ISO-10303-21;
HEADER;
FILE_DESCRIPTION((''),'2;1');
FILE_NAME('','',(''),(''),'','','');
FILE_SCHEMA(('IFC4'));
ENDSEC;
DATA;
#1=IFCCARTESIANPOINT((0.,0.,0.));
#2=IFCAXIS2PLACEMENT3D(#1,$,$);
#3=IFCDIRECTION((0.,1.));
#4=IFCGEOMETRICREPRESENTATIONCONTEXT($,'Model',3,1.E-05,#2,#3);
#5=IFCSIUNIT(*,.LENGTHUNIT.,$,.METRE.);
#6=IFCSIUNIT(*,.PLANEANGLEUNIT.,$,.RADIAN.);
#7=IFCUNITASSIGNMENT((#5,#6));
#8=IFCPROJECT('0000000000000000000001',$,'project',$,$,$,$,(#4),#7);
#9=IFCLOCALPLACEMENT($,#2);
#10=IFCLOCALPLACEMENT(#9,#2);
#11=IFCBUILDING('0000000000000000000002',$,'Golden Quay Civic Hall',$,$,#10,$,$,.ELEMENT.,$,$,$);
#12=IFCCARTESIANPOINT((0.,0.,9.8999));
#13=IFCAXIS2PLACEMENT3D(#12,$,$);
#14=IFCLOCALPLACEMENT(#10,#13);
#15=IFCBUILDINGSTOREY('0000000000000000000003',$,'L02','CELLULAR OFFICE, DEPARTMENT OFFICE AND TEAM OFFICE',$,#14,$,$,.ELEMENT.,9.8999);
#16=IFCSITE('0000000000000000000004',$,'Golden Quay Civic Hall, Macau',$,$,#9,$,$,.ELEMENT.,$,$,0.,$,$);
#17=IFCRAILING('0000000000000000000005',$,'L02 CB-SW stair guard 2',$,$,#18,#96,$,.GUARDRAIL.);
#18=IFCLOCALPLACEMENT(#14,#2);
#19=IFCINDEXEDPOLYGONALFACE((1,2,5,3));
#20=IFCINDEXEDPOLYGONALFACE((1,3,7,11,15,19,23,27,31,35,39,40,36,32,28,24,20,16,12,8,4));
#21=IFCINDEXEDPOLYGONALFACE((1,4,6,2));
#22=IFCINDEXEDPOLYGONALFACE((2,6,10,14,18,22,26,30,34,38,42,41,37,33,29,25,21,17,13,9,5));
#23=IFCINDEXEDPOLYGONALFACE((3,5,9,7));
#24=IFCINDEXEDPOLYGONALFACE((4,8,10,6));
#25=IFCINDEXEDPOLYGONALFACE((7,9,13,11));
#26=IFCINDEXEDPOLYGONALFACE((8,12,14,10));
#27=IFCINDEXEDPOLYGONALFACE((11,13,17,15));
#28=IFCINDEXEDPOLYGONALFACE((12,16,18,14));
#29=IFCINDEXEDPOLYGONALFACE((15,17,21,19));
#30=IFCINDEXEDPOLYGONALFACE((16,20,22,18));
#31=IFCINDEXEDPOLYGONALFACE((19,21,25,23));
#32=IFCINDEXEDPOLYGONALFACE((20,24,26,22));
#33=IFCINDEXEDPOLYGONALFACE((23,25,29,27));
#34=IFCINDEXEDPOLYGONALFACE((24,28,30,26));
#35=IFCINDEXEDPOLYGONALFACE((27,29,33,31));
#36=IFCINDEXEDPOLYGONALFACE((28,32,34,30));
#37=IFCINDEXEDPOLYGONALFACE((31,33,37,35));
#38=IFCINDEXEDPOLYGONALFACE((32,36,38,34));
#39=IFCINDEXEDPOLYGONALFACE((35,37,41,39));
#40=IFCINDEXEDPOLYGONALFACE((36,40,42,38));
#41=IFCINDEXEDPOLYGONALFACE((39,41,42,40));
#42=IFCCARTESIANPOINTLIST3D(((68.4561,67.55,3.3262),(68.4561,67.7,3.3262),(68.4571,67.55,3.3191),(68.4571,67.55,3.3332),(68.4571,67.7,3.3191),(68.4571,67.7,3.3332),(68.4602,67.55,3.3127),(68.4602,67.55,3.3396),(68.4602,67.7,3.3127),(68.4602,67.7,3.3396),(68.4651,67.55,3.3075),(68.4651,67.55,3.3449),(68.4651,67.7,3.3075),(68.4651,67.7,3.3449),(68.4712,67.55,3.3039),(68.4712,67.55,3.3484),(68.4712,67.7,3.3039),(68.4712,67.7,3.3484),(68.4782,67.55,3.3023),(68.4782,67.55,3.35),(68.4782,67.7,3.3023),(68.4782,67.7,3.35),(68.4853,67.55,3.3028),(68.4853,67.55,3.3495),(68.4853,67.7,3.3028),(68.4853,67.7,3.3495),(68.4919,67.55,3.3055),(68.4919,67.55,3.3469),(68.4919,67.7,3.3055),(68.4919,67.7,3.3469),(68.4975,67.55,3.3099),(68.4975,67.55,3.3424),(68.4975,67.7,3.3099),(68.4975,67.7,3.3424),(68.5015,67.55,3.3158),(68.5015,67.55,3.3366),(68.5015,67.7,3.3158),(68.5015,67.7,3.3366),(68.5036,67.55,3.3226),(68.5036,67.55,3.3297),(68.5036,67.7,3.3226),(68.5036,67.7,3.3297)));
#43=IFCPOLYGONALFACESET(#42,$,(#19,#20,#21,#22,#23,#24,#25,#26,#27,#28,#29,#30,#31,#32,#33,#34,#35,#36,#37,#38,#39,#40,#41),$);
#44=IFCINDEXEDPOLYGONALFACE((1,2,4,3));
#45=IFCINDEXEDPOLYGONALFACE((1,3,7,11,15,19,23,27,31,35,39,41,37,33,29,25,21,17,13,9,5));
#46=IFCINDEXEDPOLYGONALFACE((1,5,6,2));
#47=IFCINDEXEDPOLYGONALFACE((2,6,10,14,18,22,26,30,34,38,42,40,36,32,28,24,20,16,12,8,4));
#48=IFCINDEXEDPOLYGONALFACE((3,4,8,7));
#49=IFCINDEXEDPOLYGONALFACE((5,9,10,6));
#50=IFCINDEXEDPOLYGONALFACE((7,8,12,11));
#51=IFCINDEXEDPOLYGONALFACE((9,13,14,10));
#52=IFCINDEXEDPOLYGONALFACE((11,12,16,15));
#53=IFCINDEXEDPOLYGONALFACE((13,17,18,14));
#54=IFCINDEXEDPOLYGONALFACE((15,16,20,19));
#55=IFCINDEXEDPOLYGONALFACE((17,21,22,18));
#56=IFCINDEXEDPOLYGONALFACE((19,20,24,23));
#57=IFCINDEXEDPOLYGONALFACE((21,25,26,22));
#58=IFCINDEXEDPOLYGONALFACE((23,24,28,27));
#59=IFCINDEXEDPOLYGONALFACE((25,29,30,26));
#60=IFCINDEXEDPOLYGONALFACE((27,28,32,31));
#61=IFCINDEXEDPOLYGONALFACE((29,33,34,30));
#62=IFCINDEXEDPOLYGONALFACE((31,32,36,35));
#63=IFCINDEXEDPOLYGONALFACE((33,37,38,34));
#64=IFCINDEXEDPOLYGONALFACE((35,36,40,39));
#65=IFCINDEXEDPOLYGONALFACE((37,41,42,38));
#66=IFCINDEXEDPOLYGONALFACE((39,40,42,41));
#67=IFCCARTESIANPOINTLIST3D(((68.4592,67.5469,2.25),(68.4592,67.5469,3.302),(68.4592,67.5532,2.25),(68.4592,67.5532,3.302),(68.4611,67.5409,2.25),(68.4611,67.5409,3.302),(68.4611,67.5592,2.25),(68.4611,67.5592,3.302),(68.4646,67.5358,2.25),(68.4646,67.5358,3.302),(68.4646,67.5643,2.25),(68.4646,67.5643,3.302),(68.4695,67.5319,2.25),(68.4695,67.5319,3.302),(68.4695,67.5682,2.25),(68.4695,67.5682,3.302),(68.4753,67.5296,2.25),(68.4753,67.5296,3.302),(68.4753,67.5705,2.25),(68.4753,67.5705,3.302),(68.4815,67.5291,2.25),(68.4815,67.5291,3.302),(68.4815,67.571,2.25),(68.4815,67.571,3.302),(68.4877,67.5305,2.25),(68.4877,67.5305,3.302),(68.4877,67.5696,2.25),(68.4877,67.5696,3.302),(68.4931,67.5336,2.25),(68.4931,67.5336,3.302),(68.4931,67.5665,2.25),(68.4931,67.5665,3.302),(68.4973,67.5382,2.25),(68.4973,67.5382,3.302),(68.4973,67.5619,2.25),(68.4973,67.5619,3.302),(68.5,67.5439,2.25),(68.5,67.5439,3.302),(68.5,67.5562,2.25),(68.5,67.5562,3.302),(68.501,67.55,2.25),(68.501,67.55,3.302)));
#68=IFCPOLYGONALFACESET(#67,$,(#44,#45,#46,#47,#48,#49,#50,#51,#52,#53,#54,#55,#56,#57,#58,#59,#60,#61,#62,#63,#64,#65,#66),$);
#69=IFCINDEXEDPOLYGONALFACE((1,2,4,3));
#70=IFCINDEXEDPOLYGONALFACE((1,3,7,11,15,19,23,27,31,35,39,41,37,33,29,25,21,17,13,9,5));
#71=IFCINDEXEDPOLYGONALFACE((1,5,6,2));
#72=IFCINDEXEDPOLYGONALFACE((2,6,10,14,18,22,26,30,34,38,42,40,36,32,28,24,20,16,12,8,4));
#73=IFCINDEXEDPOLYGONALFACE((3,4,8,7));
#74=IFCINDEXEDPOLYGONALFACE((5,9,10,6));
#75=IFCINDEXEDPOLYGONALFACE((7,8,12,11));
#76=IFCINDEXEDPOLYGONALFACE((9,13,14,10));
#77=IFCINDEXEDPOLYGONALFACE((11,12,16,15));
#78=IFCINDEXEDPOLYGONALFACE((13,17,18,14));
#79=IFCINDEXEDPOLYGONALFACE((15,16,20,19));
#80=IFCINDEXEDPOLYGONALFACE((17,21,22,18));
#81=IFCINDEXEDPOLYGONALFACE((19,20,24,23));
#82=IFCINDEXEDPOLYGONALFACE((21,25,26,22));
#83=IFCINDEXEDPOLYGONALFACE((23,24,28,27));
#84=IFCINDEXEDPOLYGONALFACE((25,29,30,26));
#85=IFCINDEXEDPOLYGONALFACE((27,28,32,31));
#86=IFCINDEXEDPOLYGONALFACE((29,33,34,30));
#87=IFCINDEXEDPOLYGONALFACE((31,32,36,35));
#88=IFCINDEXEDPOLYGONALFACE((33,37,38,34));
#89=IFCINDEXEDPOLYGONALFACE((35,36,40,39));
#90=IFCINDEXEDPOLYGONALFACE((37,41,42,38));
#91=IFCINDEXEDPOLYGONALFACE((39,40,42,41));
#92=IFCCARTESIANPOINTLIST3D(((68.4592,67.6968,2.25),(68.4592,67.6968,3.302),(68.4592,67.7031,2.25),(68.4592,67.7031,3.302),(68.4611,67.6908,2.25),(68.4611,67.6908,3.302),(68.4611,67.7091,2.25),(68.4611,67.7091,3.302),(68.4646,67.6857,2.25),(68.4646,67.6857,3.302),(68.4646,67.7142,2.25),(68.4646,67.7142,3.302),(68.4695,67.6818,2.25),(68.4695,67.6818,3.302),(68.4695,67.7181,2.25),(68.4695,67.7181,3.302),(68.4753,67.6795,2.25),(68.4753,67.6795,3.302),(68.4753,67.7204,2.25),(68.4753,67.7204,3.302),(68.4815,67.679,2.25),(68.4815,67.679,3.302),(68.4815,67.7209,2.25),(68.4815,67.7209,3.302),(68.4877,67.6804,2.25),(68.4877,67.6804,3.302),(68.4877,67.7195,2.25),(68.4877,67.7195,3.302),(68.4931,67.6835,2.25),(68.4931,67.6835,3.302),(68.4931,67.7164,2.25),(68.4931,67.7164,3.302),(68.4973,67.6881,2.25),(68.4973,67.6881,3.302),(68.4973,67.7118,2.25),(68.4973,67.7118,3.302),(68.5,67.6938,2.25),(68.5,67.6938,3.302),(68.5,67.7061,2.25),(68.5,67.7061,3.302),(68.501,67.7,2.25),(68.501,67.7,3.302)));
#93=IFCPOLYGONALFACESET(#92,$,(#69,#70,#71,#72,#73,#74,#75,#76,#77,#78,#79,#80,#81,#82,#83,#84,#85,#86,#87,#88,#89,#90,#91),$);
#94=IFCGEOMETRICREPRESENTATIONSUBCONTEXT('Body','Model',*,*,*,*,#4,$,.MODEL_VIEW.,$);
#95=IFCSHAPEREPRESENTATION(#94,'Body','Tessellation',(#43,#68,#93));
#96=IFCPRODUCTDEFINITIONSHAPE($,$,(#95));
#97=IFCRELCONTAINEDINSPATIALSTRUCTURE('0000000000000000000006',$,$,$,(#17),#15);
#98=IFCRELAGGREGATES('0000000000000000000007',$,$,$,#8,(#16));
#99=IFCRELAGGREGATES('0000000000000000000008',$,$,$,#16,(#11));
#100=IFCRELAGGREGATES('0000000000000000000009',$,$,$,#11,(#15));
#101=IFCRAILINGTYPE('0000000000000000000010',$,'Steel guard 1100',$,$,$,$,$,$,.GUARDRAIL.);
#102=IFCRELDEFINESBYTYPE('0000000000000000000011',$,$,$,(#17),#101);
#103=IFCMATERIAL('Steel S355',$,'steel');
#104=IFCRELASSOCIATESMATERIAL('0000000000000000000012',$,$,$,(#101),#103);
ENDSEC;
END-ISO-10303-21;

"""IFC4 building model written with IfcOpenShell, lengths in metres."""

from ifc_helpers import new_model, si_unit, direction, frame, origin, origin_2d, place, context, subcontext, project, spatial, circle, extrude, material, type_object, element, save


model = new_model("IFC4")

# Units and contexts
model_context = context("Model", 3, precision=1e-05, world=origin(), true_north=direction((0.0, 1.0)))
body_context = subcontext(model_context, "Body", "Model", "MODEL_VIEW")
ifc_project = project(units=[si_unit("LENGTHUNIT", "METRE"), si_unit("PLANEANGLEUNIT", "RADIAN")], contexts=[model_context])

# Site, building, storey
site_placement = place(None, origin())
site = spatial("IfcSite", under=ifc_project, at=site_placement, Name="Golden Quay Civic Hall, Macau", CompositionType="ELEMENT", RefElevation=0.0)
building_placement = place(site_placement, origin())
building = spatial("IfcBuilding", under=site, at=building_placement, Name="Golden Quay Civic Hall", CompositionType="ELEMENT")
storey_placement = place(building_placement, frame((0.0, 0.0, 9.8999)))
storey = spatial("IfcBuildingStorey", under=building, at=storey_placement, Name="L02", Description="CELLULAR OFFICE, DEPARTMENT OFFICE AND TEAM OFFICE", CompositionType="ELEMENT", Elevation=9.8999)

# Railing
ifc_material_1 = material(Name="Steel S355", Category="steel")
railing_type_1 = type_object("IfcRailingType", Name="Steel guard 1100", PredefinedType="GUARDRAIL", material=ifc_material_1)
railing_1_placement = place(storey_placement, frame((68.48, 67.55, 2.25)))
element("IfcRailing", 1, at=railing_1_placement, inside=storey, type_object=railing_type_1, Name="L02 CB-SW stair guard 2", PredefinedType="GUARDRAIL", context=body_context, shape_type="SweptSolid", body=[
    extrude(circle(Radius=0.0239, at=origin_2d()), frame((0.0, 0.0, 1.0762), z_axis=(0.0, 1.0, 0.0), x_axis=(-1.0, 0.0, 0.0)), (0.0, 0.0, 1.0), 0.1499),
    extrude(circle(Radius=0.021, at=origin_2d()), origin(), (0.0, 0.0, 1.0), 1.052),
    extrude(circle(Radius=0.021, at=origin_2d()), frame((0.0, 0.1499, 0.0)), (0.0, 0.0, 1.0), 1.052),
])

save(model, "model.ifc")
